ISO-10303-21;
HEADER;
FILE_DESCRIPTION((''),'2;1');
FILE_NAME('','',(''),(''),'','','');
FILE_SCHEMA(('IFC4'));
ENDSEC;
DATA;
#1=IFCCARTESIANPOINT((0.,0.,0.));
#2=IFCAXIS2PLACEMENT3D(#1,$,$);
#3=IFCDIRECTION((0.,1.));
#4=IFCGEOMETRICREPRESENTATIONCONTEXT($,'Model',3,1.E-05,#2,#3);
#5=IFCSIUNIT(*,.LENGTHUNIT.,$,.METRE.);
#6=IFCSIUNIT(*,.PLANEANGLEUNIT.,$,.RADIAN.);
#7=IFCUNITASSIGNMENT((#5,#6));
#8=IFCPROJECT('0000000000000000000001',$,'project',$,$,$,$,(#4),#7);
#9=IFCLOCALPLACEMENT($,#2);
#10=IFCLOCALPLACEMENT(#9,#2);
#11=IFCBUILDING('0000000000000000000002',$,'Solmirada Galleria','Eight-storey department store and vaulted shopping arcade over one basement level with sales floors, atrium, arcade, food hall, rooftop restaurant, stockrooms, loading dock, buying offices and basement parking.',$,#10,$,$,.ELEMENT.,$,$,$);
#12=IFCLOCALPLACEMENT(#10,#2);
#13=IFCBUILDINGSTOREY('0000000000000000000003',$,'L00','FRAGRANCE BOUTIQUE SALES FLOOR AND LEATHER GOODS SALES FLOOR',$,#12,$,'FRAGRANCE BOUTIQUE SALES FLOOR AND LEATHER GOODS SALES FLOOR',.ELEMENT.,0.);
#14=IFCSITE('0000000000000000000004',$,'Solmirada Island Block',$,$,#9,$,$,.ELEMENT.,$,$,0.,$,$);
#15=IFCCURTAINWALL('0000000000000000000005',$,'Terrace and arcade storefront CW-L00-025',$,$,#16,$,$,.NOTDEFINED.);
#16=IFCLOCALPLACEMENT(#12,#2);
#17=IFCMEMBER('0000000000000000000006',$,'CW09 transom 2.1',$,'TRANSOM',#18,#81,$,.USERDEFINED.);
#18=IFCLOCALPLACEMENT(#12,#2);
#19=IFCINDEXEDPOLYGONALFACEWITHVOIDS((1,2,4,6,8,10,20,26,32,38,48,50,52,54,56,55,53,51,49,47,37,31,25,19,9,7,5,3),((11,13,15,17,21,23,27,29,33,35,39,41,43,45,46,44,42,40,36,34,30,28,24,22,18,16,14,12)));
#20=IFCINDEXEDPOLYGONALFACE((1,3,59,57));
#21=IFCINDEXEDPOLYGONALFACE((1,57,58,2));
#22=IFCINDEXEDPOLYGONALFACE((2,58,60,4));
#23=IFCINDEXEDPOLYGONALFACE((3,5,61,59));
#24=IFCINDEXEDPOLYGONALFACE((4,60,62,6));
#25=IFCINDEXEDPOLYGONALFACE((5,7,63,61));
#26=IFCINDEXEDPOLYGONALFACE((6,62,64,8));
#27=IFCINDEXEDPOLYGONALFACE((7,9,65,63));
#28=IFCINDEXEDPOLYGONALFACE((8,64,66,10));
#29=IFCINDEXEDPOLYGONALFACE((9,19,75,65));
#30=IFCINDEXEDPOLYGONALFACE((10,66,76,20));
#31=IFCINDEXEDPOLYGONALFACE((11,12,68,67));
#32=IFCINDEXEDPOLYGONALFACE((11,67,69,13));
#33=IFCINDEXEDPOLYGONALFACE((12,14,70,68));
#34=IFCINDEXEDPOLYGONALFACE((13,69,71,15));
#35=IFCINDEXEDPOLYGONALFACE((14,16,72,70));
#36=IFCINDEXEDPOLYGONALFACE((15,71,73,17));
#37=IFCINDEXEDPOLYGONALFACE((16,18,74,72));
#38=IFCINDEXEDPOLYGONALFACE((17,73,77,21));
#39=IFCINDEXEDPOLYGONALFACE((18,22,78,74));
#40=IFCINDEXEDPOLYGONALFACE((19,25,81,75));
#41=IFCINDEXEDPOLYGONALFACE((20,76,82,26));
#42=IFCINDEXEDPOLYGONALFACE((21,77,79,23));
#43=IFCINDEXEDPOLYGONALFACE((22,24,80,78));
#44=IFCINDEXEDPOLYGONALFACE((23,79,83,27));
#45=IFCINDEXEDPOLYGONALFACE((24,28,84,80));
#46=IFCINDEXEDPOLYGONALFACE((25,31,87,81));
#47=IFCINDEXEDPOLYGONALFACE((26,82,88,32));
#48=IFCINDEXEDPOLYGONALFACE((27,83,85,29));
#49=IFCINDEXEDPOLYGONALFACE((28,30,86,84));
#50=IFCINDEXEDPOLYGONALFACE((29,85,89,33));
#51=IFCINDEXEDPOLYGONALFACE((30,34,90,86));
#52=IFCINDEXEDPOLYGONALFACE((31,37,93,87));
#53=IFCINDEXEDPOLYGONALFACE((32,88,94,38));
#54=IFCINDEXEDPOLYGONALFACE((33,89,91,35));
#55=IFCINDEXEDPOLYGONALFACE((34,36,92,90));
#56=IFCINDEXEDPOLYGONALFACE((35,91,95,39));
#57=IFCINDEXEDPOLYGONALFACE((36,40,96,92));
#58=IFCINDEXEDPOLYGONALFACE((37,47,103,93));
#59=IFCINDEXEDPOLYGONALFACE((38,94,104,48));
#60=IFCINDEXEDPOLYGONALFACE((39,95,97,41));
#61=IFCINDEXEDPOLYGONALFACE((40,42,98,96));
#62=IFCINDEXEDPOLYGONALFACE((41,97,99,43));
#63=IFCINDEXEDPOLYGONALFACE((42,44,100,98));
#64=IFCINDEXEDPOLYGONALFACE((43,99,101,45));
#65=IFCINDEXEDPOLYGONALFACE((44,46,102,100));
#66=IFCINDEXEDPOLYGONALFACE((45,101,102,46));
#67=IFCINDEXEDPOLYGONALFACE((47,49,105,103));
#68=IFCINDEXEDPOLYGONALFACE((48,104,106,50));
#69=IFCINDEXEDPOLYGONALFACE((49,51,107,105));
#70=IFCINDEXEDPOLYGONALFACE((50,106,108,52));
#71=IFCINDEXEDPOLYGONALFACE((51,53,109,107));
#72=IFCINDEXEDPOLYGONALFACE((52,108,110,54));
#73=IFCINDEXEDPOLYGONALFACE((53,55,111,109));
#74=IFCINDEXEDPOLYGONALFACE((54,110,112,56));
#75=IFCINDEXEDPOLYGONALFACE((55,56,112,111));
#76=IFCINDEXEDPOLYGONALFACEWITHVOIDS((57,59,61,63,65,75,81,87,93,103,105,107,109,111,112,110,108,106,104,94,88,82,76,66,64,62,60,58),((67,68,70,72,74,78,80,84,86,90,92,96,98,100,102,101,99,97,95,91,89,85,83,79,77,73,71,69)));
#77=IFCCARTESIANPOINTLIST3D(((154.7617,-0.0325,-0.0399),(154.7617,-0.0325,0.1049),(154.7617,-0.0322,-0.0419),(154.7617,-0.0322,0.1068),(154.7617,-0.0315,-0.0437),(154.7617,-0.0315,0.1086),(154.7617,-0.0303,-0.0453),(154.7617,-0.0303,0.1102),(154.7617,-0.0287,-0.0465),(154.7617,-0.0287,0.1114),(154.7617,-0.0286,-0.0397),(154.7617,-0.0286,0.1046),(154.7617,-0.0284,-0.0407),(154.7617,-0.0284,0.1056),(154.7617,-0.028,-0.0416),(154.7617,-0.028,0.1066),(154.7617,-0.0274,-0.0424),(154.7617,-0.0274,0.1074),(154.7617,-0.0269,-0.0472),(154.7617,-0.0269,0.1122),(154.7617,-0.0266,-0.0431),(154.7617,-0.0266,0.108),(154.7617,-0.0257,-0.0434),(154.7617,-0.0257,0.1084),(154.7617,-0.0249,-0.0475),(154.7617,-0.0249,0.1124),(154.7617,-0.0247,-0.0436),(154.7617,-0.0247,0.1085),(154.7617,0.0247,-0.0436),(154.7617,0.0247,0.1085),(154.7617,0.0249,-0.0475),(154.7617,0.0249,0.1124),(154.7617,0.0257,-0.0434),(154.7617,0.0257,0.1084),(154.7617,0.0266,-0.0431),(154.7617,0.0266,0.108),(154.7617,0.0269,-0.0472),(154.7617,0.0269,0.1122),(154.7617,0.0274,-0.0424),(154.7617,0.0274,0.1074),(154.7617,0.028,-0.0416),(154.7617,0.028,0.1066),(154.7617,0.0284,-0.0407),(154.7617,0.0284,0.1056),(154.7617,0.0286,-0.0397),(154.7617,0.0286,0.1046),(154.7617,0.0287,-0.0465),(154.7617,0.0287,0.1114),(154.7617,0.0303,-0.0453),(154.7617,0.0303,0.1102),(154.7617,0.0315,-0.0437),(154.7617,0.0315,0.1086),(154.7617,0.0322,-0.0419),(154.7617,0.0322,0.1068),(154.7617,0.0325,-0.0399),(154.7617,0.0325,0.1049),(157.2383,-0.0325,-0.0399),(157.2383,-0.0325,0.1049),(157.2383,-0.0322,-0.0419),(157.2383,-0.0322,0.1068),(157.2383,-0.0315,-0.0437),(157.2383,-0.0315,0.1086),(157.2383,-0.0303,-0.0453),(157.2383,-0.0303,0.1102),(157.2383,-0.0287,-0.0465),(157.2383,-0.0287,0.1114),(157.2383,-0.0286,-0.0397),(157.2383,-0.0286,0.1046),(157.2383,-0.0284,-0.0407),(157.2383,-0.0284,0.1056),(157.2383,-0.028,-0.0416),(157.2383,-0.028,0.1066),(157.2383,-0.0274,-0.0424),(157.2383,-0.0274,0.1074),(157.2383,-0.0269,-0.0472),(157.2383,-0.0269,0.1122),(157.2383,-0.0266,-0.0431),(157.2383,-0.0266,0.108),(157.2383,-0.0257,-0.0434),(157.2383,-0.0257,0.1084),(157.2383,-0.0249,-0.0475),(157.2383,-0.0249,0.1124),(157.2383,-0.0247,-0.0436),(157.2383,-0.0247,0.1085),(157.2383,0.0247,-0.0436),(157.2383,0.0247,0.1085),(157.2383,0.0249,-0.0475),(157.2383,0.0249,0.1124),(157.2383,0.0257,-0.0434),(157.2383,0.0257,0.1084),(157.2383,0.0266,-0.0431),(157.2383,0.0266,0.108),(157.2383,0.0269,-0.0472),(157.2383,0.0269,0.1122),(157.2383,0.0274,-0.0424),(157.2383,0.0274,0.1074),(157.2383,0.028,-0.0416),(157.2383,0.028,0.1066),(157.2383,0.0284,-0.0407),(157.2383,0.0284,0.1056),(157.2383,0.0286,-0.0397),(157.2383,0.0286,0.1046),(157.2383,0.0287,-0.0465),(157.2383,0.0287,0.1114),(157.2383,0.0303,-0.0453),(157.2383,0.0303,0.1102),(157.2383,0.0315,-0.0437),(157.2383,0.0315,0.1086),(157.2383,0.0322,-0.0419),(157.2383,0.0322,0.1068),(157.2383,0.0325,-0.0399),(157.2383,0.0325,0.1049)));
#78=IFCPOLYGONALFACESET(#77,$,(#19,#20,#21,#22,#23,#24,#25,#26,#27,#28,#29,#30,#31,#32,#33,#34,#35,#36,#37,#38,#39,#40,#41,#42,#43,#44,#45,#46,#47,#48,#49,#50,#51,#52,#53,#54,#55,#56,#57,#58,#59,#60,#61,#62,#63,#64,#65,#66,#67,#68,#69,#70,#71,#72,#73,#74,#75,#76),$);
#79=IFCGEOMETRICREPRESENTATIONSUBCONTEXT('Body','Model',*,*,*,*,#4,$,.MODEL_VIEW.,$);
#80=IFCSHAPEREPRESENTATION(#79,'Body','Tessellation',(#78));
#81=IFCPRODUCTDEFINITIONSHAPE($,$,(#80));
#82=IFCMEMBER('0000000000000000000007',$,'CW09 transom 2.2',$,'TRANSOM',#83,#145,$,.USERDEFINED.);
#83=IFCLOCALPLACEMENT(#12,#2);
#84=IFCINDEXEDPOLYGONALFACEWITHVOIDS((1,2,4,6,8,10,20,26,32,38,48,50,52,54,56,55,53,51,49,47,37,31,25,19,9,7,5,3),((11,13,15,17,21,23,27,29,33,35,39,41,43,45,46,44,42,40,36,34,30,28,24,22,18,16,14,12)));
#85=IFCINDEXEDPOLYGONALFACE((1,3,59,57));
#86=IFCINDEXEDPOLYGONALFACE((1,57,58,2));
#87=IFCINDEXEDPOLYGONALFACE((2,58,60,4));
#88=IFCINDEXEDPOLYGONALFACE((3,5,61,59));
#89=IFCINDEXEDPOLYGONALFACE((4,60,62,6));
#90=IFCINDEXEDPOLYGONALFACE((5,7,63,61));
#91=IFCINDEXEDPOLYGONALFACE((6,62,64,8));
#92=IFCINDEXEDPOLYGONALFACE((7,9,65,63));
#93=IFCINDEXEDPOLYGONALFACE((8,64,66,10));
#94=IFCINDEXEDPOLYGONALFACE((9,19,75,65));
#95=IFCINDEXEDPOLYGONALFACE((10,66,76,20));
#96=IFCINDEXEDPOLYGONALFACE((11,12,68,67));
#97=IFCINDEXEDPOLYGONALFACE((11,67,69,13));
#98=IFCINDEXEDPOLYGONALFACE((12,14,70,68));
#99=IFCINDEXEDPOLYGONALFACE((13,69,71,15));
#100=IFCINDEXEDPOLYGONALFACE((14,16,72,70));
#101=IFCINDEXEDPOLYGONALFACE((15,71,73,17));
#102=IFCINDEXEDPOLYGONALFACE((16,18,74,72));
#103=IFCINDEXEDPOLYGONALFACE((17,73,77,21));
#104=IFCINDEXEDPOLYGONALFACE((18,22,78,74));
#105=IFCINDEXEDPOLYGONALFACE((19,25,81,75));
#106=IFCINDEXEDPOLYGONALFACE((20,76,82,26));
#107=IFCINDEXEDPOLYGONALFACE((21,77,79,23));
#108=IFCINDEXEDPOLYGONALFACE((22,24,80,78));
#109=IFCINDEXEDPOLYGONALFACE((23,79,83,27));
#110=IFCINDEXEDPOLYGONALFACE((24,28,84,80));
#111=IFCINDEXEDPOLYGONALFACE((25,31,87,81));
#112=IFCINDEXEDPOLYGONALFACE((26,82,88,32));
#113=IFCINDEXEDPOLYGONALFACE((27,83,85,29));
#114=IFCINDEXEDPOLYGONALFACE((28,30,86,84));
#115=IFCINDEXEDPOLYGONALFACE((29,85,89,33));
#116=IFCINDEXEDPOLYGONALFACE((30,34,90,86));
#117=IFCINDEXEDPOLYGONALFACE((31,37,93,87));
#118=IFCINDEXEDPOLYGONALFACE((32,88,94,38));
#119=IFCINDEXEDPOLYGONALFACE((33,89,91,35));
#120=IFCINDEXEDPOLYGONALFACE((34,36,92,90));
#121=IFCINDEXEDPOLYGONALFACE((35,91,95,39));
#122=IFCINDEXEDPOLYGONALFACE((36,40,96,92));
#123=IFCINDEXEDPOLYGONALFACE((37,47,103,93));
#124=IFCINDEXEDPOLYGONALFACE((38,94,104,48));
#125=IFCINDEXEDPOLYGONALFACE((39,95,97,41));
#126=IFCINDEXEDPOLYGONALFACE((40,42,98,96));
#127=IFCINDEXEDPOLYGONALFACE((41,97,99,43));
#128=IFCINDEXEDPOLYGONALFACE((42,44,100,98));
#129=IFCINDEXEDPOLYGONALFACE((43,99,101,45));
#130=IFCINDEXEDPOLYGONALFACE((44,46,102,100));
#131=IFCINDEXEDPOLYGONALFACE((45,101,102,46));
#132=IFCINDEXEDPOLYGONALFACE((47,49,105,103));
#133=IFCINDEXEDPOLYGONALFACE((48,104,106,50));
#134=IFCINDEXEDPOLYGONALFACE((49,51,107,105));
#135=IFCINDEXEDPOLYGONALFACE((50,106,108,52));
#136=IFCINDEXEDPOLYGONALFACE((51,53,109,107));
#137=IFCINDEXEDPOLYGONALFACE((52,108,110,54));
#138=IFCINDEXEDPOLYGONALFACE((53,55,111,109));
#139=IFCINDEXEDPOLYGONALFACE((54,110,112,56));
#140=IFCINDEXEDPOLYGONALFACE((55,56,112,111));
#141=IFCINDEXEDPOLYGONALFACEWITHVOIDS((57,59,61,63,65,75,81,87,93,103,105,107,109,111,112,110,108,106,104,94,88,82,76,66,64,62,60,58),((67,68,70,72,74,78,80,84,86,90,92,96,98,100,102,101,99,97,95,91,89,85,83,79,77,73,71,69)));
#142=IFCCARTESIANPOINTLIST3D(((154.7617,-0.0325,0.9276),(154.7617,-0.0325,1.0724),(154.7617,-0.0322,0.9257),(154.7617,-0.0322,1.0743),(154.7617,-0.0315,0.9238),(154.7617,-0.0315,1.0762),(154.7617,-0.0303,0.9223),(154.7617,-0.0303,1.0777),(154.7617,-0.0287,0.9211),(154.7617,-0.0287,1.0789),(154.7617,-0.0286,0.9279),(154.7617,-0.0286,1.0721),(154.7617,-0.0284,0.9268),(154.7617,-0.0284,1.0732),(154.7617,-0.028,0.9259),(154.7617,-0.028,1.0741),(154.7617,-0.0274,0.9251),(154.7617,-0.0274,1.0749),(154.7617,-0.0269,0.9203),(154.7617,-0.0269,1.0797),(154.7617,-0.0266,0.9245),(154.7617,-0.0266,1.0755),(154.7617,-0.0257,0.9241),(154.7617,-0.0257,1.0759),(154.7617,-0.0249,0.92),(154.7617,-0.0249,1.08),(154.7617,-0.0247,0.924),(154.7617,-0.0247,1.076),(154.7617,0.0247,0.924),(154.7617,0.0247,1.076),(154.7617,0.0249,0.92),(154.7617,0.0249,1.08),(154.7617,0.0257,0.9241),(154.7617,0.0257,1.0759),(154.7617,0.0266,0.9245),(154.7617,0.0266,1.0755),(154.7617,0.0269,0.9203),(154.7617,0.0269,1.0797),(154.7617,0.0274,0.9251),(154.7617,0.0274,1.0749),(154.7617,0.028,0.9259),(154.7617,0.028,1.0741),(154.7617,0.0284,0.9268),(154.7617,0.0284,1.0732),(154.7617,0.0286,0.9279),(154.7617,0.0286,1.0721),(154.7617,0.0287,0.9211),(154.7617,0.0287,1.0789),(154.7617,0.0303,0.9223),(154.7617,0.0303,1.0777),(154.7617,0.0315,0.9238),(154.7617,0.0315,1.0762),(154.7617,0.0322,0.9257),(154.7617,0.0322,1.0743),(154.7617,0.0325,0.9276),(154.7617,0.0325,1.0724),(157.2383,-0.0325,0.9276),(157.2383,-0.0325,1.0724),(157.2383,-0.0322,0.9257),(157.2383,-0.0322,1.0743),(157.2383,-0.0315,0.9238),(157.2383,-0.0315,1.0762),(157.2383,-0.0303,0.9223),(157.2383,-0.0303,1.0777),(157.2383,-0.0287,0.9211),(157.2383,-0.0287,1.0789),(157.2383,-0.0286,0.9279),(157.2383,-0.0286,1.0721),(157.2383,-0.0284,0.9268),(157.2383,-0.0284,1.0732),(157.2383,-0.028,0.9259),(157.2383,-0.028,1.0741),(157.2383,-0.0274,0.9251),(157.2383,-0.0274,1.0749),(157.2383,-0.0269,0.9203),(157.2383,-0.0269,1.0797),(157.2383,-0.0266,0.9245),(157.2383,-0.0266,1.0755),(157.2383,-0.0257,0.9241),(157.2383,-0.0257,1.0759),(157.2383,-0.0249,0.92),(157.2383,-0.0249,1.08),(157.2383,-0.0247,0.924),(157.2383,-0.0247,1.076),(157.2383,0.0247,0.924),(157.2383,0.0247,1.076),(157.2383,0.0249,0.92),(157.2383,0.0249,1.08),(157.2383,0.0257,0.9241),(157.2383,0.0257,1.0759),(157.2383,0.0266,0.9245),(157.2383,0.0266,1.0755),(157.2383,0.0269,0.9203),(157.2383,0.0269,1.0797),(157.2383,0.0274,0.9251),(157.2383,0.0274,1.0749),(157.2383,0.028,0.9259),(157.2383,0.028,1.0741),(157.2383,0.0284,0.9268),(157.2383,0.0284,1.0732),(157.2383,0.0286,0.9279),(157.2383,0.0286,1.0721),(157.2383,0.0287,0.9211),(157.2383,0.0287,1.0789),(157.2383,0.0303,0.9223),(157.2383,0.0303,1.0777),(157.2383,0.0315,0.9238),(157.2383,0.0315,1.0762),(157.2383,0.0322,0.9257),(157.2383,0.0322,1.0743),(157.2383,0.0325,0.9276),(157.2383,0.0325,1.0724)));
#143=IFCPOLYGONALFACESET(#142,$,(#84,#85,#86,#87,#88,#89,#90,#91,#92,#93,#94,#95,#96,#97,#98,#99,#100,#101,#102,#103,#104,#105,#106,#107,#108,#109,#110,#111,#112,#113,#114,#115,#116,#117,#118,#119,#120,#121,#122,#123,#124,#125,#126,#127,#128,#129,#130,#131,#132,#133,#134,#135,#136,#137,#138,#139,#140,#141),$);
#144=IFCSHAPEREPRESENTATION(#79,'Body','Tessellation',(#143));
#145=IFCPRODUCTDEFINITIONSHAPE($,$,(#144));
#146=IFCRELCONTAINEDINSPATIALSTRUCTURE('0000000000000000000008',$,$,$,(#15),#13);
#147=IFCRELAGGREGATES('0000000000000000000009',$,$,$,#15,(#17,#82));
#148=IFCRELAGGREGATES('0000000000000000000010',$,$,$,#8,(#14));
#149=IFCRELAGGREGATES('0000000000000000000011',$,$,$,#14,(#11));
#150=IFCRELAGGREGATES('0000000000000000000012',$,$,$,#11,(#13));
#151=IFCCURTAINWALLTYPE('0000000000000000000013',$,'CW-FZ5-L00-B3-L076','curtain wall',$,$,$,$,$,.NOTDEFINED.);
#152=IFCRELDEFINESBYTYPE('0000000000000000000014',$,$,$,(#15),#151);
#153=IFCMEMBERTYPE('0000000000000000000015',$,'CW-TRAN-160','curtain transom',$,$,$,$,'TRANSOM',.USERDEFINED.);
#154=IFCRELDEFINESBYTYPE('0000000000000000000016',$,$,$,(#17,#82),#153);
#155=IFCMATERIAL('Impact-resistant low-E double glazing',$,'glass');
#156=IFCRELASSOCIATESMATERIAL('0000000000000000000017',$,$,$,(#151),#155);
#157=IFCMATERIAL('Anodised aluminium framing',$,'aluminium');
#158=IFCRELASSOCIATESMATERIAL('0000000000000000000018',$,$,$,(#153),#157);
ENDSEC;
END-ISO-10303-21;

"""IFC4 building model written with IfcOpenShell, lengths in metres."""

from ifc_helpers import new_model, si_unit, direction, frame, origin, origin_2d, place, context, subcontext, project, spatial, hollow_rectangle, extrude, material, material_profile, profile_set, type_object, element, aggregate, save


model = new_model("IFC4")

# Units and contexts
model_context = context("Model", 3, precision=1e-05, world=origin(), true_north=direction((0.0, 1.0)))
body_context = subcontext(model_context, "Body", "Model", "MODEL_VIEW")
ifc_project = project(units=[si_unit("LENGTHUNIT", "METRE"), si_unit("PLANEANGLEUNIT", "RADIAN")], contexts=[model_context])

# Site, building, storey
site_placement = place(None, origin())
site = spatial("IfcSite", under=ifc_project, at=site_placement, Name="Solmirada Island Block", CompositionType="ELEMENT", RefElevation=0.0)
building_placement = place(site_placement, origin())
building = spatial("IfcBuilding", under=site, at=building_placement, Name="Solmirada Galleria", Description="Eight-storey department store and vaulted shopping arcade over one basement level with sales floors, atrium, arcade, food hall, rooftop restaurant, stockrooms, loading dock, buying offices and basement parking.", CompositionType="ELEMENT")
storey_placement = place(building_placement, origin())
storey = spatial("IfcBuildingStorey", under=building, at=storey_placement, Name="L00", Description="FRAGRANCE BOUTIQUE SALES FLOOR AND LEATHER GOODS SALES FLOOR", LongName="FRAGRANCE BOUTIQUE SALES FLOOR AND LEATHER GOODS SALES FLOOR", CompositionType="ELEMENT", Elevation=0.0)

# Curtain wall, members
ifc_material_1 = material(Name="Impact-resistant low-E double glazing", Category="glass")
curtain_wall_type = type_object("IfcCurtainWallType", Name="CW-FZ5-L00-B3-L076", Description="curtain wall", PredefinedType="NOTDEFINED", material=ifc_material_1)
curtain_wall_placement = place(storey_placement, origin())
curtain_wall = element("IfcCurtainWall", 1, at=curtain_wall_placement, inside=storey, type_object=curtain_wall_type, Name="Terrace and arcade storefront CW-L00-025", PredefinedType="NOTDEFINED")
ifc_material_2 = material(Name="Anodised aluminium framing", Category="aluminium")
ifc_material_profile_1 = material_profile(ifc_material_2, hollow_rectangle(XDim=0.0649, YDim=0.1599, WallThickness=0.0039, InnerFilletRadius=0.0039, OuterFilletRadius=0.0076, at=origin_2d()), Name="ALU-TRAN-160X65")
ifc_profile_set_1 = profile_set([ifc_material_profile_1], Name="Anodised aluminium framing")
member_type_1 = type_object("IfcMemberType", Name="CW-TRAN-160", Description="curtain transom", ElementType="TRANSOM", PredefinedType="USERDEFINED", material=ifc_profile_set_1)
member_1_placement = place(storey_placement, frame((157.2383, 0.0, 0.0325), z_axis=(-1.0, 0.0, 0.0), x_axis=(0.0, -1.0, 0.0)))
member_1 = element("IfcMember", 2, at=member_1_placement, type_object=member_type_1, Name="CW09 transom 2.1", ObjectType="TRANSOM", PredefinedType="USERDEFINED", context=body_context, shape_type="SweptSolid", body=[
    extrude(hollow_rectangle(XDim=0.0649, YDim=0.1599, WallThickness=0.0039, InnerFilletRadius=0.0039, OuterFilletRadius=0.0076, at=origin_2d()), origin(), (0.0, 0.0, 1.0), 2.4766),
])
member_2_placement = place(storey_placement, frame((157.2383, 0.0, 1.0), z_axis=(-1.0, 0.0, 0.0), x_axis=(0.0, -1.0, 0.0)))
member_2 = element("IfcMember", 3, at=member_2_placement, type_object=member_type_1, Name="CW09 transom 2.2", ObjectType="TRANSOM", PredefinedType="USERDEFINED", context=body_context, shape_type="SweptSolid", body=[
    extrude(hollow_rectangle(XDim=0.0649, YDim=0.1599, WallThickness=0.0039, InnerFilletRadius=0.0039, OuterFilletRadius=0.0076, at=origin_2d()), origin(), (0.0, 0.0, 1.0), 2.4766),
])
aggregate(curtain_wall, [member_1, member_2])

save(model, "model.ifc")
